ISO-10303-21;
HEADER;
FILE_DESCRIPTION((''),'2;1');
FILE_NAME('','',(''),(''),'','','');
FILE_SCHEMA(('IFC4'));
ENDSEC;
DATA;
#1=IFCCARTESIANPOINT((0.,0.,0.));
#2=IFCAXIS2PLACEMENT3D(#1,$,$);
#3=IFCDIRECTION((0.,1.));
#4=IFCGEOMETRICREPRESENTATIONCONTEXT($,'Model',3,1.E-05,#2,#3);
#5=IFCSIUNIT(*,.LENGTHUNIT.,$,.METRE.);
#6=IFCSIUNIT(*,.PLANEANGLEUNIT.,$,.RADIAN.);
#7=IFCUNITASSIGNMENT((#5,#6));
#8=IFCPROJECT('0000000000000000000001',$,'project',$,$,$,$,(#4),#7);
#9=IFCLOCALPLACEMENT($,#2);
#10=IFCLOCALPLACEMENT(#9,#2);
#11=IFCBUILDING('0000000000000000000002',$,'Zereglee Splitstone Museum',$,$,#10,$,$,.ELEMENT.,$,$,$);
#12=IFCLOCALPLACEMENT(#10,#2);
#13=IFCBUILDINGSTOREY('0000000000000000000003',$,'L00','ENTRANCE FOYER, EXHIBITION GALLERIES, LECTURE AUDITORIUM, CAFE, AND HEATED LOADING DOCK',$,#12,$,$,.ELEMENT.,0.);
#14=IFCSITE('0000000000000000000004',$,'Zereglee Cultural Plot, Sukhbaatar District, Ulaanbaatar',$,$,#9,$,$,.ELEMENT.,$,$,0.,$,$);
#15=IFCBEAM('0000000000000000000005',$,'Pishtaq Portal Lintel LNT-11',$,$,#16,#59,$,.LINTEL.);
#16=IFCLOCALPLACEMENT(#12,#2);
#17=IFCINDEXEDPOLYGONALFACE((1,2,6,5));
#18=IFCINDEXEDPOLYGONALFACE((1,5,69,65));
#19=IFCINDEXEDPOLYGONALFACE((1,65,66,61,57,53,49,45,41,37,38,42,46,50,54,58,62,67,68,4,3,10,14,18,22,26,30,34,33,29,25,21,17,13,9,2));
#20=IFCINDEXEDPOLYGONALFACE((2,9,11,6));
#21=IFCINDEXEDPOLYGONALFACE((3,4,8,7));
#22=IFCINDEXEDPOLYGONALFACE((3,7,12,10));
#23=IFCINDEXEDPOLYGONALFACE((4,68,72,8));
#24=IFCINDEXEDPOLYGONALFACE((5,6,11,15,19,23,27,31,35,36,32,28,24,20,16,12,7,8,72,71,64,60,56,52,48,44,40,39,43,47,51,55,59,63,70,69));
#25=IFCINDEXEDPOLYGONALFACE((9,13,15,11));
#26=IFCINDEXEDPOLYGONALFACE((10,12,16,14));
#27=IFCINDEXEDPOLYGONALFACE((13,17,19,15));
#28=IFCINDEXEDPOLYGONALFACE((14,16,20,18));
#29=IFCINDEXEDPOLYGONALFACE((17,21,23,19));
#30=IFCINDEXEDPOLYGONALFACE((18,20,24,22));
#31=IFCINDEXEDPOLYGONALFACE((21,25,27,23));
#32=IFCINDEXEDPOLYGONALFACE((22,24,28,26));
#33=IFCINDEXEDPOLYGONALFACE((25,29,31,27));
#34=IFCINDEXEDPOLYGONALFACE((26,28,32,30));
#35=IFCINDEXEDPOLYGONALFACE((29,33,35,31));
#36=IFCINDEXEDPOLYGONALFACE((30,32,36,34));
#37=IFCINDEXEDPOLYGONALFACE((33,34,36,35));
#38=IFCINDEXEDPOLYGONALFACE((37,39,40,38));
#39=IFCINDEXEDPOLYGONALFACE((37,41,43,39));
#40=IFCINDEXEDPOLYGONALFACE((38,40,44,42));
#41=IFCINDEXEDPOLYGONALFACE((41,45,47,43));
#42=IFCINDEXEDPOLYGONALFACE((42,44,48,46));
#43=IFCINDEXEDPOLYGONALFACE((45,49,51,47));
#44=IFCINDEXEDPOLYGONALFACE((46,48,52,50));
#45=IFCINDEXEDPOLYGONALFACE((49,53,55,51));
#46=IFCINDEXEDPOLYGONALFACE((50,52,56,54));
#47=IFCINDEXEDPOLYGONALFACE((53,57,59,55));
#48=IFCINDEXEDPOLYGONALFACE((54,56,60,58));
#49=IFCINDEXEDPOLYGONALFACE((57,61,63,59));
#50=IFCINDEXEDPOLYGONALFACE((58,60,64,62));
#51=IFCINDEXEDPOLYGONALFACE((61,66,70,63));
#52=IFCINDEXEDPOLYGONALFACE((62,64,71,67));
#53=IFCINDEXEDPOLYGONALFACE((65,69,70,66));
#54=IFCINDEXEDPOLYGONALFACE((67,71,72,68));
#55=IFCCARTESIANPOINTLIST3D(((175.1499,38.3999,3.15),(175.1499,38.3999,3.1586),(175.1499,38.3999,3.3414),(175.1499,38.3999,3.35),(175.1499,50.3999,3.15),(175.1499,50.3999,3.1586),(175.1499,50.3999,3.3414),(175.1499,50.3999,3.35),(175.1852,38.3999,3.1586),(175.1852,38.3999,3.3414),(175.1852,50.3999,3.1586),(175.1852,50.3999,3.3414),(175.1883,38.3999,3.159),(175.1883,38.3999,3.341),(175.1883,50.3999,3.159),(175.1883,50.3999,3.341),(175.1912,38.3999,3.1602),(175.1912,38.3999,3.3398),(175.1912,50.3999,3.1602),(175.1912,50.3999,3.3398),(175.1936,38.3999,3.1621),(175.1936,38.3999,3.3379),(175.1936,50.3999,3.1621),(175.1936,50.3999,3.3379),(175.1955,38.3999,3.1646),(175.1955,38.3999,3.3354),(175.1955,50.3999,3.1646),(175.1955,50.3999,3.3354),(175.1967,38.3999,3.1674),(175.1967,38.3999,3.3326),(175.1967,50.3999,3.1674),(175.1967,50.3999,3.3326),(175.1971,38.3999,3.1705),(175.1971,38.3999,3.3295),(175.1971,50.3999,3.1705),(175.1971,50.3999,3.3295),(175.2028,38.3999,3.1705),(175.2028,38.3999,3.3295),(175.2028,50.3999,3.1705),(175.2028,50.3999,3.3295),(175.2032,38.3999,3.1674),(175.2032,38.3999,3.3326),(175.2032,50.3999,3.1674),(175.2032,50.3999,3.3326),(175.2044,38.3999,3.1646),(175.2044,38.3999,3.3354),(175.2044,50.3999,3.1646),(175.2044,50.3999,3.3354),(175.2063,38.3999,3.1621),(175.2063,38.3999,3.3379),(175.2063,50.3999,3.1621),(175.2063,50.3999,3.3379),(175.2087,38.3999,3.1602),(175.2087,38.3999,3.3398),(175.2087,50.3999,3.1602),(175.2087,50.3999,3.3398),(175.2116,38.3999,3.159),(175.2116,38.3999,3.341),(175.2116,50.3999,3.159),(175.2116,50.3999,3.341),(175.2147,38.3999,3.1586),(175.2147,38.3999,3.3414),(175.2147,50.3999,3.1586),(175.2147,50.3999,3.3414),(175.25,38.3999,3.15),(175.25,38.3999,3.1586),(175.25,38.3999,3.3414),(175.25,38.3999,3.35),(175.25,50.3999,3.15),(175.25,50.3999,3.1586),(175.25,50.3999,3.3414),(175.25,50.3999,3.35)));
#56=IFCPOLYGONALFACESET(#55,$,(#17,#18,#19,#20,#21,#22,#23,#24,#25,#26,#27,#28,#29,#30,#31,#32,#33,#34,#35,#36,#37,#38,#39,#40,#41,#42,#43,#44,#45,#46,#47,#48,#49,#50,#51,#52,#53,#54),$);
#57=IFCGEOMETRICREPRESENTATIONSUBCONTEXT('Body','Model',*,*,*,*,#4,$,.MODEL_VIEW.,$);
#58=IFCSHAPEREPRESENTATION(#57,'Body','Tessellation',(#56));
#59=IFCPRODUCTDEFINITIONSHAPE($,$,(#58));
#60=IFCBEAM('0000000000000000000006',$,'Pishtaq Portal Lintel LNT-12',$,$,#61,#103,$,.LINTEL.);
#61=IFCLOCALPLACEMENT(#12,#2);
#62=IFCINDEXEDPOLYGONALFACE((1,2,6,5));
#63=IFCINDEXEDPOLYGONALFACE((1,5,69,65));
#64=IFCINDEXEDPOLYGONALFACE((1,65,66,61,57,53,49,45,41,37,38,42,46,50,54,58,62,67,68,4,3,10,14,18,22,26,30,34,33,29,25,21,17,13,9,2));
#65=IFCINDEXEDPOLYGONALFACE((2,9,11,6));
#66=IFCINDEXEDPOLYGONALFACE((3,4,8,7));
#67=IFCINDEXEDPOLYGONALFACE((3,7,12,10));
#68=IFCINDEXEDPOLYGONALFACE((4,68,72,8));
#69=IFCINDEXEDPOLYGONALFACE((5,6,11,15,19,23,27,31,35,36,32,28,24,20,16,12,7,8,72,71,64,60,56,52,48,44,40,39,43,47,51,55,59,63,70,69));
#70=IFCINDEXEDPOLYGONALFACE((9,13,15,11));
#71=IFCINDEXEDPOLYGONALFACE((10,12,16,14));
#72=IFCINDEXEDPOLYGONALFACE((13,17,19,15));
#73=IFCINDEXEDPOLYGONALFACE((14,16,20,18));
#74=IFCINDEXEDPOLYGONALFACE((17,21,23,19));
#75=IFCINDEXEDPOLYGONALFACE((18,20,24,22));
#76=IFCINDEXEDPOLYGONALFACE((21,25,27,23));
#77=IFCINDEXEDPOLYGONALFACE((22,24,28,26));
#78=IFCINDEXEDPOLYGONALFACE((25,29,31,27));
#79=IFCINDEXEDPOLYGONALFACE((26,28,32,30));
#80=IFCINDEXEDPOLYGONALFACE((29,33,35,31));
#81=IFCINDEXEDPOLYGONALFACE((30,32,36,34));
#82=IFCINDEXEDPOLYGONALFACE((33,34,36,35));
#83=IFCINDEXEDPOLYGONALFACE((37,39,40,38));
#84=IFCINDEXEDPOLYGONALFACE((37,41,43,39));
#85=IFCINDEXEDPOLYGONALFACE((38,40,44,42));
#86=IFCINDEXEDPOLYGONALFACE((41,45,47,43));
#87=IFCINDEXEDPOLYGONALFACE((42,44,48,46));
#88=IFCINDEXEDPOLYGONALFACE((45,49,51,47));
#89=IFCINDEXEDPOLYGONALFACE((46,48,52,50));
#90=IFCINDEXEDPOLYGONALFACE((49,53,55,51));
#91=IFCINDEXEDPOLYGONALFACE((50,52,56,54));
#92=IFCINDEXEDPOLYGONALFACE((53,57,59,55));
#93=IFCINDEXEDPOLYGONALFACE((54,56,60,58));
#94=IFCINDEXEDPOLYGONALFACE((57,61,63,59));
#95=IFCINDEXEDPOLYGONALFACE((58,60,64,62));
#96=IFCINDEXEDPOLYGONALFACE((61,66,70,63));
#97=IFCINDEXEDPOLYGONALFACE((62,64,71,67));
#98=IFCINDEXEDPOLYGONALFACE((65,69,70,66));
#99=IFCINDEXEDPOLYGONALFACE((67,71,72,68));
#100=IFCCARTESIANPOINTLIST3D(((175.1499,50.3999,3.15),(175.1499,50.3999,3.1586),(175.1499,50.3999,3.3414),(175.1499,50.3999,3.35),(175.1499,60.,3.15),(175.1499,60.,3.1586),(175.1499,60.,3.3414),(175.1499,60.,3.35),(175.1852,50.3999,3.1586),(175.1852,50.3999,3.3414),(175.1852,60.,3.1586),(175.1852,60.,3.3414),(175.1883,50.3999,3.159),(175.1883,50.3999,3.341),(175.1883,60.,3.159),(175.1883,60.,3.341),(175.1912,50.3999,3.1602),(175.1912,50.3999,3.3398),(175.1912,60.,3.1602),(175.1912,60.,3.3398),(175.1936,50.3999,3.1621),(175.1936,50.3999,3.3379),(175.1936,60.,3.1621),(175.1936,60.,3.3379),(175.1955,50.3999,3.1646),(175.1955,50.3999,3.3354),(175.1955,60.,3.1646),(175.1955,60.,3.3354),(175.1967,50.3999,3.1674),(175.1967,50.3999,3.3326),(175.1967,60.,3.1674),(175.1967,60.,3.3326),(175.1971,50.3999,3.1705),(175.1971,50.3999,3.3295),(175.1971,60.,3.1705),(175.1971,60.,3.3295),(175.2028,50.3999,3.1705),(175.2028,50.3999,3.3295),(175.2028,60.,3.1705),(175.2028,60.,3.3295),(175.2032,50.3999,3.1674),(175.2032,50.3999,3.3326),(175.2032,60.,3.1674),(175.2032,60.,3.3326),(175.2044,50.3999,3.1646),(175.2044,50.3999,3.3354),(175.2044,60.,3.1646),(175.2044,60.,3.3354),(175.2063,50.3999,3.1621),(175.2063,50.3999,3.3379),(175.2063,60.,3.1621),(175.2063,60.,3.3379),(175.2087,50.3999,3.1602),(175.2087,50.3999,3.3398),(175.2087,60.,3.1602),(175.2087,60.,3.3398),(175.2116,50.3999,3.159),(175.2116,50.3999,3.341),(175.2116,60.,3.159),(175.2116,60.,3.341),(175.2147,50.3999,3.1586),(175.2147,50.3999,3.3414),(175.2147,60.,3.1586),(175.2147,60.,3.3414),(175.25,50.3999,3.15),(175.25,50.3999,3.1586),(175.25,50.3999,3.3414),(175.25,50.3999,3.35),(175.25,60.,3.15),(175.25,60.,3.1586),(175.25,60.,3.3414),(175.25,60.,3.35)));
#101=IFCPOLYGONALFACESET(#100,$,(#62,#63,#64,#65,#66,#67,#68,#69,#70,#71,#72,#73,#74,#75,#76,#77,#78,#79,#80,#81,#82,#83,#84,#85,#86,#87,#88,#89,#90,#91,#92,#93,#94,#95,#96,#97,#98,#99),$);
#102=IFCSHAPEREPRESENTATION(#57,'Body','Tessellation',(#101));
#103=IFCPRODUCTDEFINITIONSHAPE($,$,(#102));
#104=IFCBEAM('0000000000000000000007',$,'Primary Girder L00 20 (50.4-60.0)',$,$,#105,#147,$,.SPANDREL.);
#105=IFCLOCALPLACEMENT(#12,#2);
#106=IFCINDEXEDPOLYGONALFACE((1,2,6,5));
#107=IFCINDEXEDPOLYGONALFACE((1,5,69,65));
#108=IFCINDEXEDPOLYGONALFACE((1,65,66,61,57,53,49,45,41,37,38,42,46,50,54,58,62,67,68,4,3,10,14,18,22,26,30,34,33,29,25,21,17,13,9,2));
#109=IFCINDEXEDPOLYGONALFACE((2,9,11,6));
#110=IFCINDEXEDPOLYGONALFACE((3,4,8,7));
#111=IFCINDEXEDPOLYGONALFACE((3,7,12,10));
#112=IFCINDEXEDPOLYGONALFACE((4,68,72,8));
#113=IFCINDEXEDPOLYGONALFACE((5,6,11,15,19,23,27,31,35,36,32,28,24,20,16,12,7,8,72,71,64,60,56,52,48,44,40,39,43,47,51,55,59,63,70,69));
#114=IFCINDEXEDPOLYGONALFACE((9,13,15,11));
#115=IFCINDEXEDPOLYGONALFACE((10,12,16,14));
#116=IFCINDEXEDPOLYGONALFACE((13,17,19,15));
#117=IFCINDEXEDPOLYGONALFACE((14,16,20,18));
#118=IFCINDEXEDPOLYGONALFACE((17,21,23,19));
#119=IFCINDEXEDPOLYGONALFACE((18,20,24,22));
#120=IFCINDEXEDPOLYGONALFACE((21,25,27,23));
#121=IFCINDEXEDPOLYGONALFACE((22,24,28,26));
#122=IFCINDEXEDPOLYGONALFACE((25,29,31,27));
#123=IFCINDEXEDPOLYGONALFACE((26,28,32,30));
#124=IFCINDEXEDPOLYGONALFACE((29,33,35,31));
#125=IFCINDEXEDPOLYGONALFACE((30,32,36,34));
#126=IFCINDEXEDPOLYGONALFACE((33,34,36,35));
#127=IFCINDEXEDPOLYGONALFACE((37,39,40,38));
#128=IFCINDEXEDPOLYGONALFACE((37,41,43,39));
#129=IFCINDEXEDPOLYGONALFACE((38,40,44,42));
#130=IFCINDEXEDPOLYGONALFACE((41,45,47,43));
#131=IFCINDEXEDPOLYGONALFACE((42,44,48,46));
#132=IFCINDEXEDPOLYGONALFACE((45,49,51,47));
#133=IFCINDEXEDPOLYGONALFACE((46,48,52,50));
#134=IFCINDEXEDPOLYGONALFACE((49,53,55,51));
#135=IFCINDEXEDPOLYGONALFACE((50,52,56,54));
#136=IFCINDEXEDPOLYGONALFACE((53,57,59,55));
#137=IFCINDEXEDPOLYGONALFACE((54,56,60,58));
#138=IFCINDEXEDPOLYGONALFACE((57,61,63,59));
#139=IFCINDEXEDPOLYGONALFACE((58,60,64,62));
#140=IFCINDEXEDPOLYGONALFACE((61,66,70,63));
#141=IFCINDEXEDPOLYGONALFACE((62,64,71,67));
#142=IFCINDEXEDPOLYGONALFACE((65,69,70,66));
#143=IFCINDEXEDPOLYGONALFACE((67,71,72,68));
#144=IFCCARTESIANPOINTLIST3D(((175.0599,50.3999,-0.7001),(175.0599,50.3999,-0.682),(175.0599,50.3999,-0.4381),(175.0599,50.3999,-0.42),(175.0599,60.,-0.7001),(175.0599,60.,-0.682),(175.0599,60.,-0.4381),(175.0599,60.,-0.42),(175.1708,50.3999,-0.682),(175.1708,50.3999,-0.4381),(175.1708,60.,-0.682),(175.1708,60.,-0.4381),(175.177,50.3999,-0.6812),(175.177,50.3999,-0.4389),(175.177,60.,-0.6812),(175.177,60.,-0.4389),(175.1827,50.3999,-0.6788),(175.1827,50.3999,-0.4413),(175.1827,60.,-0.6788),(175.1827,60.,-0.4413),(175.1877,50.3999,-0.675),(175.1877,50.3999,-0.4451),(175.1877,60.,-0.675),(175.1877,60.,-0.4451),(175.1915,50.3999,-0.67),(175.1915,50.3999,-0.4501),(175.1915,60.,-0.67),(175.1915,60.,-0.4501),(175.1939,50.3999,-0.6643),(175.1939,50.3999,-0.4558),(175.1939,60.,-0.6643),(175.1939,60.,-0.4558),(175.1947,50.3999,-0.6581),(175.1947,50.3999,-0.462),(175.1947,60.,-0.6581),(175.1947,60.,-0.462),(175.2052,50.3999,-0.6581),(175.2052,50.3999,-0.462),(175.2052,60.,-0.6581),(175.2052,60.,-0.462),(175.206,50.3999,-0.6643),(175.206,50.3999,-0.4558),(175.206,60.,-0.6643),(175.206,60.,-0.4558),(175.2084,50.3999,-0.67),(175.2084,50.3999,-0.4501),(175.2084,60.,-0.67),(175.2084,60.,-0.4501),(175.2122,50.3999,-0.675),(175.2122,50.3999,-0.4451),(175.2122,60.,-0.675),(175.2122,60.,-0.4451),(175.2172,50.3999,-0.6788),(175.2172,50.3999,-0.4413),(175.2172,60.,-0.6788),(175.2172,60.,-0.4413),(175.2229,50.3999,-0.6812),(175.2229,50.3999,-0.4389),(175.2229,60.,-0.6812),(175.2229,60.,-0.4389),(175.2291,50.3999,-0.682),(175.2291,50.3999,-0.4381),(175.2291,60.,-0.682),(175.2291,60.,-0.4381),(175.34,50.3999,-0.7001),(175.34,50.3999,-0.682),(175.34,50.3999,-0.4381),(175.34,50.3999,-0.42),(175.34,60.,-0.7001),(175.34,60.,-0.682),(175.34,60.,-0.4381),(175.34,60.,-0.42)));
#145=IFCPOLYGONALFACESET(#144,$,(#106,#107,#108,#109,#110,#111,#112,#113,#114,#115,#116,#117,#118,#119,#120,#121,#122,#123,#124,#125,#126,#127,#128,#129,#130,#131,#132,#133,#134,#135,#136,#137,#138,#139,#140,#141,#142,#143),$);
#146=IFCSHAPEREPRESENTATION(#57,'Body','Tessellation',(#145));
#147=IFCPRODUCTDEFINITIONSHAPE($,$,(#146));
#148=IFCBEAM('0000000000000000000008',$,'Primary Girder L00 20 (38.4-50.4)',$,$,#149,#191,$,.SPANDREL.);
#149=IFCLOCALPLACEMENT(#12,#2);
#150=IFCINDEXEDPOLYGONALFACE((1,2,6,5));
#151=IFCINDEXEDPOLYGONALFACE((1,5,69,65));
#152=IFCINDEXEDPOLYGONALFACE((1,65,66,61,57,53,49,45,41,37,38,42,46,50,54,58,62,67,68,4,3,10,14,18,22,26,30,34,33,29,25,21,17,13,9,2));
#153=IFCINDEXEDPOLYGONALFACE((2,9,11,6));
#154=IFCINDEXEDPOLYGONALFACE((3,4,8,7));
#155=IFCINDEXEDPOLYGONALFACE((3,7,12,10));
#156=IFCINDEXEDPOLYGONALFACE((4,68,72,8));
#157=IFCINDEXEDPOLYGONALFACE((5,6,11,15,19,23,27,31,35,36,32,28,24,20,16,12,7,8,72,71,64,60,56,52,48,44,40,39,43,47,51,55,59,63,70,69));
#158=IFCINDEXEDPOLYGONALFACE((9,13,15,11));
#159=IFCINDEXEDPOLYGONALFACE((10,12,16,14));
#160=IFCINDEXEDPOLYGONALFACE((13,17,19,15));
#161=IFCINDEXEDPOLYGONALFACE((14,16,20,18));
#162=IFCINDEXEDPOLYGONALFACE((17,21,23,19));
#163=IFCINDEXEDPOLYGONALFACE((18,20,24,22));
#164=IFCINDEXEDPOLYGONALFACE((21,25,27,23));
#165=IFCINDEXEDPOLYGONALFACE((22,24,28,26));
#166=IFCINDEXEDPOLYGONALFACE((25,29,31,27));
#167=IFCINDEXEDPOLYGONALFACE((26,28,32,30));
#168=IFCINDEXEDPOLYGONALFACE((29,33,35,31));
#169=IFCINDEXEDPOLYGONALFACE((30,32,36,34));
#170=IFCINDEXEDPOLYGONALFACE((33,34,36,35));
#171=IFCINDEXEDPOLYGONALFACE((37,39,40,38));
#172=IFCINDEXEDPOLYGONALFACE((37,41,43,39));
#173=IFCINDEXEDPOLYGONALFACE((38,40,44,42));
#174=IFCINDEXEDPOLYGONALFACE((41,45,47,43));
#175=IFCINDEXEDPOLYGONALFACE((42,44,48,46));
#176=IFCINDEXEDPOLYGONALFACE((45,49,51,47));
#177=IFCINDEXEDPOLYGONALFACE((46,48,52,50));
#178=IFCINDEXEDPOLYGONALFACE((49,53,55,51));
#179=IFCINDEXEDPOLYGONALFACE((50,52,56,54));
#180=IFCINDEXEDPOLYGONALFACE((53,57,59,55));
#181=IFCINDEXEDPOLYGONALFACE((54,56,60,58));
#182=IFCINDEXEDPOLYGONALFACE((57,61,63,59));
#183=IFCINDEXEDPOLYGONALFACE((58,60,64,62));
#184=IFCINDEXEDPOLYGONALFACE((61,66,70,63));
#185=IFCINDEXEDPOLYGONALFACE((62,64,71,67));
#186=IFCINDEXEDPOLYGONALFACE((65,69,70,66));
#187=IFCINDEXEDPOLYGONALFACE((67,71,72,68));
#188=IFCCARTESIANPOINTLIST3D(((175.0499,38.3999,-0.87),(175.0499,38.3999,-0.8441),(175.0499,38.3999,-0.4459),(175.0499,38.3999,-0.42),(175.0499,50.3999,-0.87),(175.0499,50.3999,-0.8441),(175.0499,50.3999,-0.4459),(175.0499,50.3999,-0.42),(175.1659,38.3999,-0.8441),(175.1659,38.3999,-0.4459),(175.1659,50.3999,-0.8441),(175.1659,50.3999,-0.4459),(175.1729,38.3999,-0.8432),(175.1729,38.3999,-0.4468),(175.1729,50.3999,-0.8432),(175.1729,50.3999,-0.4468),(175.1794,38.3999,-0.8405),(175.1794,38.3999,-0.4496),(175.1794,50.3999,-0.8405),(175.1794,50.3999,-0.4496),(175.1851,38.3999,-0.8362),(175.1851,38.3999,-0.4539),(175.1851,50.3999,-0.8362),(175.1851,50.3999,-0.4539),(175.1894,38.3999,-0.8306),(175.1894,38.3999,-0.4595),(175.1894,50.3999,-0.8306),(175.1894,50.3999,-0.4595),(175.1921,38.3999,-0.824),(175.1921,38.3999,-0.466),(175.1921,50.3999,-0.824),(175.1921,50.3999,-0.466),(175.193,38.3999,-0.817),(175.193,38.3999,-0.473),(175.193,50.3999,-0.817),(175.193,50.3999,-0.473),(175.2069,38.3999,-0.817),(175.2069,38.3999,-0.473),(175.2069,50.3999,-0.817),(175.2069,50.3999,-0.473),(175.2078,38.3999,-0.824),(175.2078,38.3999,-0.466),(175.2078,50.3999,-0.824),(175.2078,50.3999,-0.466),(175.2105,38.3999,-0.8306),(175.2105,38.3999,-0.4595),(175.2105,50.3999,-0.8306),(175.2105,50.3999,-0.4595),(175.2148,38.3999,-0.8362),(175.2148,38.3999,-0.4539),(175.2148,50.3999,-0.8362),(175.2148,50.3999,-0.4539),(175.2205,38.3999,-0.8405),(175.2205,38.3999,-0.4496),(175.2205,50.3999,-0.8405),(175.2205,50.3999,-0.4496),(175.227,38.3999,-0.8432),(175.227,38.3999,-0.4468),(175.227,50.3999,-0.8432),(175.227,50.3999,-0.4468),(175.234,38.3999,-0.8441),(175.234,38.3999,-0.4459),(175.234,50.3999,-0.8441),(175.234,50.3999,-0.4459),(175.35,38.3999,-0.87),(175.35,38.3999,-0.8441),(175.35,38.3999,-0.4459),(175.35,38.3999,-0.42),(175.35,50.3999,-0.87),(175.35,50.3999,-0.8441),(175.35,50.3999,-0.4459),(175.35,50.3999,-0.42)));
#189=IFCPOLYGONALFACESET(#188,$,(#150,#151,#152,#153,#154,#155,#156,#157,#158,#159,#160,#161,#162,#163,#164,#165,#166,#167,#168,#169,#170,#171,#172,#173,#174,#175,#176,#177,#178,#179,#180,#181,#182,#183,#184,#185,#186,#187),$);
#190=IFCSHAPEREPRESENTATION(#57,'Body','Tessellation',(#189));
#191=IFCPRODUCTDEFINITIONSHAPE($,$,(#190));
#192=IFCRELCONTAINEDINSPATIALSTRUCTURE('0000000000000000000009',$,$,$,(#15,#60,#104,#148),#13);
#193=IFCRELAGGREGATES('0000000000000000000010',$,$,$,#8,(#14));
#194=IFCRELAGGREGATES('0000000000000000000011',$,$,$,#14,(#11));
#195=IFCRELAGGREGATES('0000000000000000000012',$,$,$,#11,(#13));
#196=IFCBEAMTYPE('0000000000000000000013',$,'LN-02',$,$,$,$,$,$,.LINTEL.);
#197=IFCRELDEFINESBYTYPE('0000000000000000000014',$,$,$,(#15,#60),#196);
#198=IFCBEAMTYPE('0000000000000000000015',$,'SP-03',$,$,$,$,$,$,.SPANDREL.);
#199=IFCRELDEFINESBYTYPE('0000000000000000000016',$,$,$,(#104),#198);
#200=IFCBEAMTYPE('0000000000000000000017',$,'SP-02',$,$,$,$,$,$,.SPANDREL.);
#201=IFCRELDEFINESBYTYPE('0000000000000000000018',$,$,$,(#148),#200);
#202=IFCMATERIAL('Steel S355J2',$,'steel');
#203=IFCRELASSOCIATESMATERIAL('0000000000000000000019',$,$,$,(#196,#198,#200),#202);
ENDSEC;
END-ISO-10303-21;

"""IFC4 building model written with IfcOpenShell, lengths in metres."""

from ifc_helpers import new_model, si_unit, direction, frame, origin, origin_2d, place, context, subcontext, project, spatial, i_section, extrude, material, material_profile, profile_set, type_object, element, save


model = new_model("IFC4")

# Units and contexts
model_context = context("Model", 3, precision=1e-05, world=origin(), true_north=direction((0.0, 1.0)))
body_context = subcontext(model_context, "Body", "Model", "MODEL_VIEW")
ifc_project = project(units=[si_unit("LENGTHUNIT", "METRE"), si_unit("PLANEANGLEUNIT", "RADIAN")], contexts=[model_context])

# Site, building, storey
site_placement = place(None, origin())
site = spatial("IfcSite", under=ifc_project, at=site_placement, Name="Zereglee Cultural Plot, Sukhbaatar District, Ulaanbaatar", CompositionType="ELEMENT", RefElevation=0.0)
building_placement = place(site_placement, origin())
building = spatial("IfcBuilding", under=site, at=building_placement, Name="Zereglee Splitstone Museum", CompositionType="ELEMENT")
storey_placement = place(building_placement, origin())
storey = spatial("IfcBuildingStorey", under=building, at=storey_placement, Name="L00", Description="ENTRANCE FOYER, EXHIBITION GALLERIES, LECTURE AUDITORIUM, CAFE, AND HEATED LOADING DOCK", CompositionType="ELEMENT", Elevation=0.0)

# Beams
ifc_material_1 = material(Name="Steel S355J2", Category="steel")
ifc_material_profile_1 = material_profile(ifc_material_1, i_section(OverallWidth=0.1001, OverallDepth=0.2, WebThickness=0.0056, FlangeThickness=0.0085, FilletRadius=0.012, at=origin_2d()), Name="IPE 200")
ifc_profile_set_1 = profile_set([ifc_material_profile_1], Name="Steel S355J2")
beam_type_1 = type_object("IfcBeamType", Name="LN-02", PredefinedType="LINTEL", material=ifc_profile_set_1)
beam_1_placement = place(storey_placement, frame((175.2, 38.3999, 3.25), z_axis=(0.0, 1.0, 0.0), x_axis=(-1.0, 0.0, 0.0)))
element("IfcBeam", 1, at=beam_1_placement, inside=storey, type_object=beam_type_1, Name="Pishtaq Portal Lintel LNT-11", PredefinedType="LINTEL", context=body_context, shape_type="SweptSolid", body=[
    extrude(i_section(OverallWidth=0.1001, OverallDepth=0.2, WebThickness=0.0056, FlangeThickness=0.0085, FilletRadius=0.012, at=origin_2d()), origin(), (0.0, 0.0, 1.0), 12.0),
])
beam_2_placement = place(storey_placement, frame((175.2, 50.3999, 3.25), z_axis=(0.0, 1.0, 0.0), x_axis=(-1.0, 0.0, 0.0)))
element("IfcBeam", 2, at=beam_2_placement, inside=storey, type_object=beam_type_1, Name="Pishtaq Portal Lintel LNT-12", PredefinedType="LINTEL", context=body_context, shape_type="SweptSolid", body=[
    extrude(i_section(OverallWidth=0.1001, OverallDepth=0.2, WebThickness=0.0056, FlangeThickness=0.0085, FilletRadius=0.012, at=origin_2d()), origin(), (0.0, 0.0, 1.0), 9.6001),
])
ifc_material_profile_2 = material_profile(ifc_material_1, i_section(OverallWidth=0.28, OverallDepth=0.28, WebThickness=0.0105, FlangeThickness=0.0181, FilletRadius=0.0239, at=origin_2d()), Name="HE 280 B")
ifc_profile_set_2 = profile_set([ifc_material_profile_2], Name="Steel S355J2")
beam_type_2 = type_object("IfcBeamType", Name="SP-03", PredefinedType="SPANDREL", material=ifc_profile_set_2)
beam_3_placement = place(storey_placement, frame((175.2, 50.3999, -0.5601), z_axis=(0.0, 1.0, 0.0), x_axis=(-1.0, 0.0, 0.0)))
element("IfcBeam", 3, at=beam_3_placement, inside=storey, type_object=beam_type_2, Name="Primary Girder L00 20 (50.4-60.0)", PredefinedType="SPANDREL", context=body_context, shape_type="SweptSolid", body=[
    extrude(i_section(OverallWidth=0.28, OverallDepth=0.28, WebThickness=0.0105, FlangeThickness=0.0181, FilletRadius=0.0239, at=origin_2d()), origin(), (0.0, 0.0, 1.0), 9.6001),
])
ifc_material_profile_3 = material_profile(ifc_material_1, i_section(OverallWidth=0.3, OverallDepth=0.45, WebThickness=0.0139, FlangeThickness=0.0259, FilletRadius=0.0271, at=origin_2d()), Name="HE 450 B")
ifc_profile_set_3 = profile_set([ifc_material_profile_3], Name="Steel S355J2")
beam_type_3 = type_object("IfcBeamType", Name="SP-02", PredefinedType="SPANDREL", material=ifc_profile_set_3)
beam_4_placement = place(storey_placement, frame((175.2, 38.3999, -0.645), z_axis=(0.0, 1.0, 0.0), x_axis=(-1.0, 0.0, 0.0)))
element("IfcBeam", 4, at=beam_4_placement, inside=storey, type_object=beam_type_3, Name="Primary Girder L00 20 (38.4-50.4)", PredefinedType="SPANDREL", context=body_context, shape_type="SweptSolid", body=[
    extrude(i_section(OverallWidth=0.3, OverallDepth=0.45, WebThickness=0.0139, FlangeThickness=0.0259, FilletRadius=0.0271, at=origin_2d()), origin(), (0.0, 0.0, 1.0), 12.0),
])

save(model, "model.ifc")
